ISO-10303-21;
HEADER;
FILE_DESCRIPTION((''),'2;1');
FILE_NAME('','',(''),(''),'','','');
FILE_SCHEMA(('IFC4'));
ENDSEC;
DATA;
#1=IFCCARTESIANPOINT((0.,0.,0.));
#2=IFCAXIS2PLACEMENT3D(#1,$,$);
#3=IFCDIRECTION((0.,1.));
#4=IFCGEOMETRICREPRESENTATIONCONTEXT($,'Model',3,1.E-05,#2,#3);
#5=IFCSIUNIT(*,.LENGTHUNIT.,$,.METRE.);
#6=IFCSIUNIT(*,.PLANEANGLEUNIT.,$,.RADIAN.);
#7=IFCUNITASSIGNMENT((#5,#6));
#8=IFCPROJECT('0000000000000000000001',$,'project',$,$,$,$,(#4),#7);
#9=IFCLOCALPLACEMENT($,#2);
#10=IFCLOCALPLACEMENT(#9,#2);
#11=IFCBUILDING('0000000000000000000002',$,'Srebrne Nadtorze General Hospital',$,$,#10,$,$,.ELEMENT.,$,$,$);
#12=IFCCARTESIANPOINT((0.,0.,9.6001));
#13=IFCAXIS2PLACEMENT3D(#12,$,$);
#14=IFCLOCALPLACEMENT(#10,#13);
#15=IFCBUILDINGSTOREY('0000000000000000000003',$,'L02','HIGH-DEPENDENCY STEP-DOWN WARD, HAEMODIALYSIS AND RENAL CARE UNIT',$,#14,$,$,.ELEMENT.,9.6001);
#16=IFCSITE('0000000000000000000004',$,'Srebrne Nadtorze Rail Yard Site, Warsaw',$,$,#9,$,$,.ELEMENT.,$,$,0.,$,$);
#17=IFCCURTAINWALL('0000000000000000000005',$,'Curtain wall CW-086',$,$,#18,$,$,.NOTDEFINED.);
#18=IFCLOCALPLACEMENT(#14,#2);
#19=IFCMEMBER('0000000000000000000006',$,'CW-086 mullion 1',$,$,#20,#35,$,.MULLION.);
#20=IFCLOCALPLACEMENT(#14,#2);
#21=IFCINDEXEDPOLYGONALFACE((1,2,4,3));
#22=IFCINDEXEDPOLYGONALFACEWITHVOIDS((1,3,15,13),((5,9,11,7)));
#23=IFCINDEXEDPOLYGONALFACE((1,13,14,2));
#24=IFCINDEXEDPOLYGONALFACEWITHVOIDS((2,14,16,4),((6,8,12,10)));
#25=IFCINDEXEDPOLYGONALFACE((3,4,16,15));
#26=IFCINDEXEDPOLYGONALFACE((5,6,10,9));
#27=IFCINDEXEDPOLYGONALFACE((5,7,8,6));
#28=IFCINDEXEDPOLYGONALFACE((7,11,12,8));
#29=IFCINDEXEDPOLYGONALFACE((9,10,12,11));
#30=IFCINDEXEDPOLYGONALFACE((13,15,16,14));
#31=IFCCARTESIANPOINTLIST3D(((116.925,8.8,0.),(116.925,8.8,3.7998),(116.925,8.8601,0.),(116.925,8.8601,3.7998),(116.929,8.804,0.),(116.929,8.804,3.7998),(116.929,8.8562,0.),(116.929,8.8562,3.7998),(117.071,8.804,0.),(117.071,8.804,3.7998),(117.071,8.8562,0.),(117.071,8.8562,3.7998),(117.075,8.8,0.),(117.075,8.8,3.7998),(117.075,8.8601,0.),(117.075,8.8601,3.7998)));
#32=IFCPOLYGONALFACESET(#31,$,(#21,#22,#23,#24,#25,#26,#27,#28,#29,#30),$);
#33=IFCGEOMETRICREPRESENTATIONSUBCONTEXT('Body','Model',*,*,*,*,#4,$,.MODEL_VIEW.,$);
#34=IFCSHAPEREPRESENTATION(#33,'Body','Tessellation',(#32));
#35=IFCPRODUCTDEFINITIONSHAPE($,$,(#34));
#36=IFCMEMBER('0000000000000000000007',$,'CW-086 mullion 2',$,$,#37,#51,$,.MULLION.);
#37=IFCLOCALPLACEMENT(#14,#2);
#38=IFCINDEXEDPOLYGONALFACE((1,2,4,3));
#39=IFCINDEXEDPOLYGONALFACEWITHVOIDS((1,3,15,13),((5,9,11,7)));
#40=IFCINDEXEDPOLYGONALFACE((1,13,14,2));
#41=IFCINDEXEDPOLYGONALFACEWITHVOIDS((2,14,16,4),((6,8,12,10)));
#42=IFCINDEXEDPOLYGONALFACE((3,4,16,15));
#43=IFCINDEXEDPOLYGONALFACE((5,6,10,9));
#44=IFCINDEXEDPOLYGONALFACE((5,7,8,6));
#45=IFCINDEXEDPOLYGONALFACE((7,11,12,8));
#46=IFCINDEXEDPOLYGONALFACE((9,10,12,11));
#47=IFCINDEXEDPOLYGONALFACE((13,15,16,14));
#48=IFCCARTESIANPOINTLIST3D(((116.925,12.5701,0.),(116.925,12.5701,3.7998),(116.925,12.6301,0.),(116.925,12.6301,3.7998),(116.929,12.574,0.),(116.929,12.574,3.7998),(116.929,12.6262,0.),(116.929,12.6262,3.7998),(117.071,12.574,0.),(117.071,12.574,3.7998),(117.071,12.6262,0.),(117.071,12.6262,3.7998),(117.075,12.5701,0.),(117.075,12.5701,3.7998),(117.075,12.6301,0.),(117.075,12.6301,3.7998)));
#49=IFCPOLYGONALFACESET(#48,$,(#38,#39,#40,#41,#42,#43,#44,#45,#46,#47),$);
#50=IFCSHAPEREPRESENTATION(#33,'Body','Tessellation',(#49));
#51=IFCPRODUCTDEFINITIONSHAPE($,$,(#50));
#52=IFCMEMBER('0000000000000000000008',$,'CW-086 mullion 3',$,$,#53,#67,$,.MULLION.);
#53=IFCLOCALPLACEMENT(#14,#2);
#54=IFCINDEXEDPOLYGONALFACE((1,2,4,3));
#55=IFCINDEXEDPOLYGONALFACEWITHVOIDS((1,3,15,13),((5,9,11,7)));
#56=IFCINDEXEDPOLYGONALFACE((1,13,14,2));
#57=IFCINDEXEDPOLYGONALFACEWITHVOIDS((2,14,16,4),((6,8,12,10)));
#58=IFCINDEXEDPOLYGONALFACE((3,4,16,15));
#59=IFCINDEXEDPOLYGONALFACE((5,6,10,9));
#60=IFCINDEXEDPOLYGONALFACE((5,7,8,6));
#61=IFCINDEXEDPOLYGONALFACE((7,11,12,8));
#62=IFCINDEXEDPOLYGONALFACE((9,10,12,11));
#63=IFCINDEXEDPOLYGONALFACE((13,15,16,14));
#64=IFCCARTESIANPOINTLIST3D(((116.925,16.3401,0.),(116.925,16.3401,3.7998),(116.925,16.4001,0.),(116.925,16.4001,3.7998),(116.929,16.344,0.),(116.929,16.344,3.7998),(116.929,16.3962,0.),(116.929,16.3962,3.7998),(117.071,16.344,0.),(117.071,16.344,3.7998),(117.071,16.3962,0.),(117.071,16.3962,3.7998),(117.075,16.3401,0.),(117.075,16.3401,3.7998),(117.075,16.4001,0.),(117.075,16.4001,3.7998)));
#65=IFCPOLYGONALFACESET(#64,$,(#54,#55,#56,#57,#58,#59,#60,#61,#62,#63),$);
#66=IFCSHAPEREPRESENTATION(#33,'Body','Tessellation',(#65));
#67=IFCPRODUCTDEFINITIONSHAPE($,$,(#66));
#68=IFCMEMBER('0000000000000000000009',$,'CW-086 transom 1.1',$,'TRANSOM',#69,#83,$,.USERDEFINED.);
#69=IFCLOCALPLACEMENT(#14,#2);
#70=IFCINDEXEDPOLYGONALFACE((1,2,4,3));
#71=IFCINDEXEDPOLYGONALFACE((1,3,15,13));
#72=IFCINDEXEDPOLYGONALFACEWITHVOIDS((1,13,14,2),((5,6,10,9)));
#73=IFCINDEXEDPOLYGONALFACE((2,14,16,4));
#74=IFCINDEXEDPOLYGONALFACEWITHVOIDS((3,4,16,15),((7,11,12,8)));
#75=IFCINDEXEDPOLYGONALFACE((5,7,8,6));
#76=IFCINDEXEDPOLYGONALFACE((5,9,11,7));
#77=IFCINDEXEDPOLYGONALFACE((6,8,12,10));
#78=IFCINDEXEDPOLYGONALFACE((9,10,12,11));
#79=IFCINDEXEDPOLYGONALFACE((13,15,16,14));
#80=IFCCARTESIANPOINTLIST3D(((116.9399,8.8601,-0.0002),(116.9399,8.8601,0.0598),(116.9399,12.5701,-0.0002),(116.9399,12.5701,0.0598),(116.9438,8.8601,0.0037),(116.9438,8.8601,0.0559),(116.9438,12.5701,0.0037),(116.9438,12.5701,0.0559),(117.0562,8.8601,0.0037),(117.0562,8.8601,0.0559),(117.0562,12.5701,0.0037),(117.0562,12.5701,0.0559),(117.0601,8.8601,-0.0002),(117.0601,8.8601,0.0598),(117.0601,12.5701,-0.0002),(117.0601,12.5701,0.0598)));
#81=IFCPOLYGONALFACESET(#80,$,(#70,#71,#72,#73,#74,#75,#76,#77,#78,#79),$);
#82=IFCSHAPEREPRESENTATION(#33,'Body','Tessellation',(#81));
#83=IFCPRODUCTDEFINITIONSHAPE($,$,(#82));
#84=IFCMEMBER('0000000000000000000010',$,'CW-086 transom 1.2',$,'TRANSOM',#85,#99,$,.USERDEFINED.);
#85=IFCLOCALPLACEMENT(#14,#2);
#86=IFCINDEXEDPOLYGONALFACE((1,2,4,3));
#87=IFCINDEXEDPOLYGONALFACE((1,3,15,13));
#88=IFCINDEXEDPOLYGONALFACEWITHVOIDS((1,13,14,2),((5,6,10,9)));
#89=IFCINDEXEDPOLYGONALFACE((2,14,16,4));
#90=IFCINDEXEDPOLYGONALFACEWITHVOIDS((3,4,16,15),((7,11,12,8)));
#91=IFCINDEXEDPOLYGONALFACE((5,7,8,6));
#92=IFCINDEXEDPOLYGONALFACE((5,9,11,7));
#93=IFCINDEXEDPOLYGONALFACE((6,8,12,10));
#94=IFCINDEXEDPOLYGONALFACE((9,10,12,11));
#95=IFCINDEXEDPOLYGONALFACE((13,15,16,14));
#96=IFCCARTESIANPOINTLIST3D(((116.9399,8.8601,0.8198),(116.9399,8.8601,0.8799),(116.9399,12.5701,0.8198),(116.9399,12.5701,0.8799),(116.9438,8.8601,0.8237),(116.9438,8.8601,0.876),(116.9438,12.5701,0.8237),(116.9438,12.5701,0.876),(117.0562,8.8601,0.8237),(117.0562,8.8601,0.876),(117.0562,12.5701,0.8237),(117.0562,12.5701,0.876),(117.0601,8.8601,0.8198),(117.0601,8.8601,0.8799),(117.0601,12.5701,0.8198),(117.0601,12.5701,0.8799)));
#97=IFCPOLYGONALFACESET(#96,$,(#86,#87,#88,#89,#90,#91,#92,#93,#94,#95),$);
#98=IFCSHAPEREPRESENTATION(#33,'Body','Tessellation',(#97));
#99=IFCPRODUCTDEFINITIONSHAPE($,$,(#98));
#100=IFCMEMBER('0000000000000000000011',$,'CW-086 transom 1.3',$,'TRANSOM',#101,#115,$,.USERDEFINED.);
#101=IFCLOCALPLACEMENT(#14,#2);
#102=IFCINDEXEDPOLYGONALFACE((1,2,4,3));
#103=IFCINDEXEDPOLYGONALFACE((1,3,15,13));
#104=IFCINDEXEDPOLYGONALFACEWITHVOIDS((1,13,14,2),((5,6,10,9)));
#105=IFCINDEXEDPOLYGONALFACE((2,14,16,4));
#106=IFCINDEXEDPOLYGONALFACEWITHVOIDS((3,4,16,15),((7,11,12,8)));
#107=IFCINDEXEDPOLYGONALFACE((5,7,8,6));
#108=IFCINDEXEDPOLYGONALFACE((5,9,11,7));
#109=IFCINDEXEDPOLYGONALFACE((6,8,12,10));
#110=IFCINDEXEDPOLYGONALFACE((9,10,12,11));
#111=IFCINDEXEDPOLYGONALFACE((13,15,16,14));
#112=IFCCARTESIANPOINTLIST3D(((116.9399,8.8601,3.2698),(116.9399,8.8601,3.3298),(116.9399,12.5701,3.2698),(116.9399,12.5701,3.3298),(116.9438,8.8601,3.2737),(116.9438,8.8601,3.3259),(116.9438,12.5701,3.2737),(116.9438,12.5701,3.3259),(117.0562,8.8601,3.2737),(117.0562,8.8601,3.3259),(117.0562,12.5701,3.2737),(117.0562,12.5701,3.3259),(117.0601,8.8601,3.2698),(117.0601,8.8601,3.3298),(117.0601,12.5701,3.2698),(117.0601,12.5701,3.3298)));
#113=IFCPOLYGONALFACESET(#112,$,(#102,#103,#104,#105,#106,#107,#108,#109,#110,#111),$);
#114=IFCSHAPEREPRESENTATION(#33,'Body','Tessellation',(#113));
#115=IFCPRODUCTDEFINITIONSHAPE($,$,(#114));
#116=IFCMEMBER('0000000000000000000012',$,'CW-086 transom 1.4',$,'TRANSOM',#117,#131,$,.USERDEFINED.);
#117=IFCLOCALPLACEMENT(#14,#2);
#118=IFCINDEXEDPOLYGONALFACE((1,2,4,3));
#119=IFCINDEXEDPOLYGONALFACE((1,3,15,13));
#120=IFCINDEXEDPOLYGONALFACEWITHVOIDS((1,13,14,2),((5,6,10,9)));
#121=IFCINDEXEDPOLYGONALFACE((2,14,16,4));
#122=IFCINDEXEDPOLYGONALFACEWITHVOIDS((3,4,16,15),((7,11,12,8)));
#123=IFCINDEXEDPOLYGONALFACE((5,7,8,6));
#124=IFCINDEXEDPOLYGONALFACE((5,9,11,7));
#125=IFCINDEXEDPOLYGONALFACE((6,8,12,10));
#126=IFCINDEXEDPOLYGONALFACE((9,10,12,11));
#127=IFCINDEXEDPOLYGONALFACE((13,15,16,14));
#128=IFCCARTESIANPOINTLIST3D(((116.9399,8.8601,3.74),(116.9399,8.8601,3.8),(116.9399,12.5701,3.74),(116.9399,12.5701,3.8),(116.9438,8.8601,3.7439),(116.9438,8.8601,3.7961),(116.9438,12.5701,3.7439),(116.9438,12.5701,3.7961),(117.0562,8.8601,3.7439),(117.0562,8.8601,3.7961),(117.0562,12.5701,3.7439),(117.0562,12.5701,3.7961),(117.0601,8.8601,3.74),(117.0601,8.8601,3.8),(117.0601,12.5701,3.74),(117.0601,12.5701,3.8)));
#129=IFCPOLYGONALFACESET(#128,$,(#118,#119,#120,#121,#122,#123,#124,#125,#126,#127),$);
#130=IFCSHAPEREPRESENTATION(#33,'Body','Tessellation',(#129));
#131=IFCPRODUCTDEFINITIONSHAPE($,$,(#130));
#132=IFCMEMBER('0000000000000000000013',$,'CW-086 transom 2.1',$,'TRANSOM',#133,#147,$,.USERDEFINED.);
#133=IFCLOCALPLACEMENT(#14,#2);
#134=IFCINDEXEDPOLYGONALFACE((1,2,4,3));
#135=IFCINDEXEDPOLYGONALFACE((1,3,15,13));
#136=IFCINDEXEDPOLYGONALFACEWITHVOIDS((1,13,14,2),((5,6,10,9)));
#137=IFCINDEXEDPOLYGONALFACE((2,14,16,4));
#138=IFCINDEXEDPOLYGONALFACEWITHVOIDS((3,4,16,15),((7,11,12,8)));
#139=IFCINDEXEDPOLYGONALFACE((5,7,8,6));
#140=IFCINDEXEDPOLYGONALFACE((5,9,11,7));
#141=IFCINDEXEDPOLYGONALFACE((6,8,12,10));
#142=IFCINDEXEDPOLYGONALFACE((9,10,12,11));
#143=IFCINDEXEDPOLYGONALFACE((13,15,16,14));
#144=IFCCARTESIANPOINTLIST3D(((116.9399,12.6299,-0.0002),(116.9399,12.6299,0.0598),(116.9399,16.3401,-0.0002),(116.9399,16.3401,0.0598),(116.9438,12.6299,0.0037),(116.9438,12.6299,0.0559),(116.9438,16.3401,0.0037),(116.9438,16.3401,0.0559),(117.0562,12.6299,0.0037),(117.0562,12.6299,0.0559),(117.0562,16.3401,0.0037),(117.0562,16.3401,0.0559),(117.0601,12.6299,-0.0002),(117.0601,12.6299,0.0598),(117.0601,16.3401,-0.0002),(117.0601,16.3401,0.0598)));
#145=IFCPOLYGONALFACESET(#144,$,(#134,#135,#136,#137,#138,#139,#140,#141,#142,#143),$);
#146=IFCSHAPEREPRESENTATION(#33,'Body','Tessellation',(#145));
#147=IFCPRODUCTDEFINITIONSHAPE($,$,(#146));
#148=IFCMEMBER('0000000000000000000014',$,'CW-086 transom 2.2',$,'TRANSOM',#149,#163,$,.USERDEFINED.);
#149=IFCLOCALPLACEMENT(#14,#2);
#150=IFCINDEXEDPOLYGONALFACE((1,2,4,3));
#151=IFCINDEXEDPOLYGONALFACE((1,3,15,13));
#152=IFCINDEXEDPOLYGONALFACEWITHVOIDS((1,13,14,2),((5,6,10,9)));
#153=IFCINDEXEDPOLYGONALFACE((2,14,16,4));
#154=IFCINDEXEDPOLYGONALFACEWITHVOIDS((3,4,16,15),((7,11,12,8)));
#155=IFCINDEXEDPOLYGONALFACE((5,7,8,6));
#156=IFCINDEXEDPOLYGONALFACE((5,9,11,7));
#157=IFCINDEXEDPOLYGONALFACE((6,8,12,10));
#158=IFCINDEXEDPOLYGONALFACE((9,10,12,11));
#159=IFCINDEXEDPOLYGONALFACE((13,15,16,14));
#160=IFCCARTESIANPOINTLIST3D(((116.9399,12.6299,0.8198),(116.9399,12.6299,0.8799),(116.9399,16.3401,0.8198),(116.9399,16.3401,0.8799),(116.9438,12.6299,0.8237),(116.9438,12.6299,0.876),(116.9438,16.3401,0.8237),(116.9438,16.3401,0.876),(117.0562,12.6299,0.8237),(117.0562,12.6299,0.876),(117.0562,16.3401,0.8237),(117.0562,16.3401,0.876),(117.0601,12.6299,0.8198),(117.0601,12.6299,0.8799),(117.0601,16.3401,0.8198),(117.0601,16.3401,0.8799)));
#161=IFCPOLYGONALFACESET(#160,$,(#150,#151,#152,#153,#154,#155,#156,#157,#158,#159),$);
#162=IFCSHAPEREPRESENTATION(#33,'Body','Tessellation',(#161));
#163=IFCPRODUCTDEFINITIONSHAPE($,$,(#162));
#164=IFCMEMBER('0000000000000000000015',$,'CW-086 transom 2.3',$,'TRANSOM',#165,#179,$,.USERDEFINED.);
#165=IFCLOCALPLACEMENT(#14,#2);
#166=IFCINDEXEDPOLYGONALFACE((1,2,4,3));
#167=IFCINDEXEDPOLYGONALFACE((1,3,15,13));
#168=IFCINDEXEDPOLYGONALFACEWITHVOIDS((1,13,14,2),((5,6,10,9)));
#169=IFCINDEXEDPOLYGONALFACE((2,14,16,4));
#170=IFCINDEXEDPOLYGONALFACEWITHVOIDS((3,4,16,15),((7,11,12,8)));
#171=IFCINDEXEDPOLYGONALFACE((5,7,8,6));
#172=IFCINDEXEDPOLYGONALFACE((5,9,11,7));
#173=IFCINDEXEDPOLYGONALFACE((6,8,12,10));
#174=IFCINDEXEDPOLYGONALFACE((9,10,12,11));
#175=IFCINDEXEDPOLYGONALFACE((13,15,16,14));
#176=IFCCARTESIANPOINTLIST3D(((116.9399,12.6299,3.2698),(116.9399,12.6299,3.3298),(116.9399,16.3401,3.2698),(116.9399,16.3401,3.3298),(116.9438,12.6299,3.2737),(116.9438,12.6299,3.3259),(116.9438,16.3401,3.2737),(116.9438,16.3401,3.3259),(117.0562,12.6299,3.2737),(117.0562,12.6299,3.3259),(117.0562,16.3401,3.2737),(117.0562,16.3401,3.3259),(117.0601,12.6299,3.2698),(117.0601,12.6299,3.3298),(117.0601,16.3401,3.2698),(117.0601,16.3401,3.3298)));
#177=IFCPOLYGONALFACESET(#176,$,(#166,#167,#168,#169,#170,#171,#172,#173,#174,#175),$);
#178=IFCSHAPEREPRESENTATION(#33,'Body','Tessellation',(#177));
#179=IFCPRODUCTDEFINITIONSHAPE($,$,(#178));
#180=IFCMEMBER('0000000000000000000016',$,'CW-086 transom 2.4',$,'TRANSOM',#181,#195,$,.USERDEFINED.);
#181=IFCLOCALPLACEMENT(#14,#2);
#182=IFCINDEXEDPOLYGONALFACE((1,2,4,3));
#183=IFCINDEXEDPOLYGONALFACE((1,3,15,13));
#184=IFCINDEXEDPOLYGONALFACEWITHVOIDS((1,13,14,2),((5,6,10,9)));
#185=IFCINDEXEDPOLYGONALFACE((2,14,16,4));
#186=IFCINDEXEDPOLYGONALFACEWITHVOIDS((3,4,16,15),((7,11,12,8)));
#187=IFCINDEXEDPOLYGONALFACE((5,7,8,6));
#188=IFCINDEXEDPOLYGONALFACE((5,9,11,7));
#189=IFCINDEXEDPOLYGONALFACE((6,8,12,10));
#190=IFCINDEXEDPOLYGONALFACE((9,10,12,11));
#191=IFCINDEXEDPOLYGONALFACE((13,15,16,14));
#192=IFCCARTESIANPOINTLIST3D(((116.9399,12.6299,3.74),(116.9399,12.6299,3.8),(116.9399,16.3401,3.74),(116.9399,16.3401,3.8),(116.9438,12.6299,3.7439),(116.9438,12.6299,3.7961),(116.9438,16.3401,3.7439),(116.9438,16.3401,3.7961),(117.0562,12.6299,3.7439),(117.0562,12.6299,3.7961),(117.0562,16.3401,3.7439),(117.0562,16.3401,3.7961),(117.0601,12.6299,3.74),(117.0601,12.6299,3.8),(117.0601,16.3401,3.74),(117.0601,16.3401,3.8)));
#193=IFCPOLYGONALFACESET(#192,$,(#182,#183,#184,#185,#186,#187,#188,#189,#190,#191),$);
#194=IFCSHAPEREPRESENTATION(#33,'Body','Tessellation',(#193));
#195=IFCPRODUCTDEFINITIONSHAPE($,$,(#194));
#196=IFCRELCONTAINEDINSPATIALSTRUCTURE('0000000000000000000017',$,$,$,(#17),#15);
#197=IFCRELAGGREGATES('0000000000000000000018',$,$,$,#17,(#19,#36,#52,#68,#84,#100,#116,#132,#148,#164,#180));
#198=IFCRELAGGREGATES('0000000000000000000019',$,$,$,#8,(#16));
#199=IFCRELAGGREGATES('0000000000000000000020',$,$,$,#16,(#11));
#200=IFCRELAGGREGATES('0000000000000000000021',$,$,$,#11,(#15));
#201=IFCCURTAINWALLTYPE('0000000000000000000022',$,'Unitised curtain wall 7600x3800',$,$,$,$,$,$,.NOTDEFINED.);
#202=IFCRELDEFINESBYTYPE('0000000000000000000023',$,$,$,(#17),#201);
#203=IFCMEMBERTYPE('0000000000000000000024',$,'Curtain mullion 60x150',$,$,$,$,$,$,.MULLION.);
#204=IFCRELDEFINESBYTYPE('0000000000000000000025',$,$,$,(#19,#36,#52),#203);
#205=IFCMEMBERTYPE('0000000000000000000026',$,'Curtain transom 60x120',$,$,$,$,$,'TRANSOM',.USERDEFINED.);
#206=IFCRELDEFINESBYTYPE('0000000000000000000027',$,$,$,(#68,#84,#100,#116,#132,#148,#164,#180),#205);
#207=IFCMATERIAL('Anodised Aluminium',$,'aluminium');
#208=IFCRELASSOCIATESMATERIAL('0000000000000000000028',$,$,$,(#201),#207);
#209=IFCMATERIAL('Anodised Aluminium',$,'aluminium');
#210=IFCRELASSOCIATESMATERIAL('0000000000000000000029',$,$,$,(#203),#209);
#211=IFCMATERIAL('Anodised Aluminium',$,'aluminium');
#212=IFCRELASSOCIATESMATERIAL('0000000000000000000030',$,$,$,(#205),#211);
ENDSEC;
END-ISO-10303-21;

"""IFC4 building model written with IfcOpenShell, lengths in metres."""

from ifc_helpers import new_model, si_unit, direction, frame, origin, origin_2d, place, context, subcontext, project, spatial, hollow_rectangle, extrude, material, material_profile, profile_set, type_object, element, aggregate, save


model = new_model("IFC4")

# Units and contexts
model_context = context("Model", 3, precision=1e-05, world=origin(), true_north=direction((0.0, 1.0)))
body_context = subcontext(model_context, "Body", "Model", "MODEL_VIEW")
ifc_project = project(units=[si_unit("LENGTHUNIT", "METRE"), si_unit("PLANEANGLEUNIT", "RADIAN")], contexts=[model_context])

# Site, building, storey
site_placement = place(None, origin())
site = spatial("IfcSite", under=ifc_project, at=site_placement, Name="Srebrne Nadtorze Rail Yard Site, Warsaw", CompositionType="ELEMENT", RefElevation=0.0)
building_placement = place(site_placement, origin())
building = spatial("IfcBuilding", under=site, at=building_placement, Name="Srebrne Nadtorze General Hospital", CompositionType="ELEMENT")
storey_placement = place(building_placement, frame((0.0, 0.0, 9.6001)))
storey = spatial("IfcBuildingStorey", under=building, at=storey_placement, Name="L02", Description="HIGH-DEPENDENCY STEP-DOWN WARD, HAEMODIALYSIS AND RENAL CARE UNIT", CompositionType="ELEMENT", Elevation=9.6001)

# Curtain wall, members
ifc_material_1 = material(Name="Anodised Aluminium", Category="aluminium")
curtain_wall_type = type_object("IfcCurtainWallType", Name="Unitised curtain wall 7600x3800", PredefinedType="NOTDEFINED", material=ifc_material_1)
curtain_wall_placement = place(storey_placement, origin())
curtain_wall = element("IfcCurtainWall", 1, at=curtain_wall_placement, inside=storey, type_object=curtain_wall_type, Name="Curtain wall CW-086", PredefinedType="NOTDEFINED")
ifc_material_2 = material(Name="Anodised Aluminium", Category="aluminium")
ifc_material_profile_1 = material_profile(ifc_material_2, hollow_rectangle(XDim=0.0601, YDim=0.1499, WallThickness=0.0039, at=origin_2d()), Name="AL-MUL-60x150")
ifc_profile_set_1 = profile_set([ifc_material_profile_1], Name="Anodised Aluminium")
member_type_1 = type_object("IfcMemberType", Name="Curtain mullion 60x150", PredefinedType="MULLION", material=ifc_profile_set_1)
member_1_placement = place(storey_placement, frame((117.0, 8.8301, 0.0), z_axis=(0.0, 0.0, 1.0), x_axis=(0.0, 1.0, 0.0)))
member_1 = element("IfcMember", 2, at=member_1_placement, type_object=member_type_1, Name="CW-086 mullion 1", PredefinedType="MULLION", context=body_context, shape_type="SweptSolid", body=[
    extrude(hollow_rectangle(XDim=0.0601, YDim=0.1499, WallThickness=0.0039, at=origin_2d()), origin(), (0.0, 0.0, 1.0), 3.7998),
])
member_2_placement = place(storey_placement, frame((117.0, 12.6001, 0.0), z_axis=(0.0, 0.0, 1.0), x_axis=(0.0, 1.0, 0.0)))
member_2 = element("IfcMember", 3, at=member_2_placement, type_object=member_type_1, Name="CW-086 mullion 2", PredefinedType="MULLION", context=body_context, shape_type="SweptSolid", body=[
    extrude(hollow_rectangle(XDim=0.0601, YDim=0.1499, WallThickness=0.0039, at=origin_2d()), origin(), (0.0, 0.0, 1.0), 3.7998),
])
member_3_placement = place(storey_placement, frame((117.0, 16.3701, 0.0), z_axis=(0.0, 0.0, 1.0), x_axis=(0.0, 1.0, 0.0)))
member_3 = element("IfcMember", 4, at=member_3_placement, type_object=member_type_1, Name="CW-086 mullion 3", PredefinedType="MULLION", context=body_context, shape_type="SweptSolid", body=[
    extrude(hollow_rectangle(XDim=0.0601, YDim=0.1499, WallThickness=0.0039, at=origin_2d()), origin(), (0.0, 0.0, 1.0), 3.7998),
])
ifc_material_3 = material(Name="Anodised Aluminium", Category="aluminium")
ifc_material_profile_2 = material_profile(ifc_material_3, hollow_rectangle(XDim=0.0601, YDim=0.1201, WallThickness=0.0039, at=origin_2d()), Name="AL-TRN-60x120")
ifc_profile_set_2 = profile_set([ifc_material_profile_2], Name="Anodised Aluminium")
member_type_2 = type_object("IfcMemberType", Name="Curtain transom 60x120", ElementType="TRANSOM", PredefinedType="USERDEFINED", material=ifc_profile_set_2)
member_4_placement = place(storey_placement, frame((117.0, 8.8601, 0.0298), z_axis=(0.0, 1.0, 0.0), x_axis=(0.0, 0.0, 1.0)))
member_4 = element("IfcMember", 5, at=member_4_placement, type_object=member_type_2, Name="CW-086 transom 1.1", ObjectType="TRANSOM", PredefinedType="USERDEFINED", context=body_context, shape_type="SweptSolid", body=[
    extrude(hollow_rectangle(XDim=0.0601, YDim=0.1201, WallThickness=0.0039, at=origin_2d()), origin(), (0.0, 0.0, 1.0), 3.71),
])
member_5_placement = place(storey_placement, frame((117.0, 8.8601, 0.8499), z_axis=(0.0, 1.0, 0.0), x_axis=(0.0, 0.0, 1.0)))
member_5 = element("IfcMember", 6, at=member_5_placement, type_object=member_type_2, Name="CW-086 transom 1.2", ObjectType="TRANSOM", PredefinedType="USERDEFINED", context=body_context, shape_type="SweptSolid", body=[
    extrude(hollow_rectangle(XDim=0.0601, YDim=0.1201, WallThickness=0.0039, at=origin_2d()), origin(), (0.0, 0.0, 1.0), 3.71),
])
member_6_placement = place(storey_placement, frame((117.0, 8.8601, 3.2998), z_axis=(0.0, 1.0, 0.0), x_axis=(0.0, 0.0, 1.0)))
member_6 = element("IfcMember", 7, at=member_6_placement, type_object=member_type_2, Name="CW-086 transom 1.3", ObjectType="TRANSOM", PredefinedType="USERDEFINED", context=body_context, shape_type="SweptSolid", body=[
    extrude(hollow_rectangle(XDim=0.0601, YDim=0.1201, WallThickness=0.0039, at=origin_2d()), origin(), (0.0, 0.0, 1.0), 3.71),
])
member_7_placement = place(storey_placement, frame((117.0, 8.8601, 3.77), z_axis=(0.0, 1.0, 0.0), x_axis=(0.0, 0.0, 1.0)))
member_7 = element("IfcMember", 8, at=member_7_placement, type_object=member_type_2, Name="CW-086 transom 1.4", ObjectType="TRANSOM", PredefinedType="USERDEFINED", context=body_context, shape_type="SweptSolid", body=[
    extrude(hollow_rectangle(XDim=0.0601, YDim=0.1201, WallThickness=0.0039, at=origin_2d()), origin(), (0.0, 0.0, 1.0), 3.71),
])
member_8_placement = place(storey_placement, frame((117.0, 12.6299, 0.0298), z_axis=(0.0, 1.0, 0.0), x_axis=(0.0, 0.0, 1.0)))
member_8 = element("IfcMember", 9, at=member_8_placement, type_object=member_type_2, Name="CW-086 transom 2.1", ObjectType="TRANSOM", PredefinedType="USERDEFINED", context=body_context, shape_type="SweptSolid", body=[
    extrude(hollow_rectangle(XDim=0.0601, YDim=0.1201, WallThickness=0.0039, at=origin_2d()), origin(), (0.0, 0.0, 1.0), 3.7102),
])
member_9_placement = place(storey_placement, frame((117.0, 12.6299, 0.8499), z_axis=(0.0, 1.0, 0.0), x_axis=(0.0, 0.0, 1.0)))
member_9 = element("IfcMember", 10, at=member_9_placement, type_object=member_type_2, Name="CW-086 transom 2.2", ObjectType="TRANSOM", PredefinedType="USERDEFINED", context=body_context, shape_type="SweptSolid", body=[
    extrude(hollow_rectangle(XDim=0.0601, YDim=0.1201, WallThickness=0.0039, at=origin_2d()), origin(), (0.0, 0.0, 1.0), 3.7102),
])
member_10_placement = place(storey_placement, frame((117.0, 12.6299, 3.2998), z_axis=(0.0, 1.0, 0.0), x_axis=(0.0, 0.0, 1.0)))
member_10 = element("IfcMember", 11, at=member_10_placement, type_object=member_type_2, Name="CW-086 transom 2.3", ObjectType="TRANSOM", PredefinedType="USERDEFINED", context=body_context, shape_type="SweptSolid", body=[
    extrude(hollow_rectangle(XDim=0.0601, YDim=0.1201, WallThickness=0.0039, at=origin_2d()), origin(), (0.0, 0.0, 1.0), 3.7102),
])
member_11_placement = place(storey_placement, frame((117.0, 12.6299, 3.77), z_axis=(0.0, 1.0, 0.0), x_axis=(0.0, 0.0, 1.0)))
member_11 = element("IfcMember", 12, at=member_11_placement, type_object=member_type_2, Name="CW-086 transom 2.4", ObjectType="TRANSOM", PredefinedType="USERDEFINED", context=body_context, shape_type="SweptSolid", body=[
    extrude(hollow_rectangle(XDim=0.0601, YDim=0.1201, WallThickness=0.0039, at=origin_2d()), origin(), (0.0, 0.0, 1.0), 3.7102),
])

aggregate(curtain_wall, [member_1, member_2, member_3, member_4, member_5, member_6, member_7, member_8, member_9, member_10, member_11])

save(model, "model.ifc")
